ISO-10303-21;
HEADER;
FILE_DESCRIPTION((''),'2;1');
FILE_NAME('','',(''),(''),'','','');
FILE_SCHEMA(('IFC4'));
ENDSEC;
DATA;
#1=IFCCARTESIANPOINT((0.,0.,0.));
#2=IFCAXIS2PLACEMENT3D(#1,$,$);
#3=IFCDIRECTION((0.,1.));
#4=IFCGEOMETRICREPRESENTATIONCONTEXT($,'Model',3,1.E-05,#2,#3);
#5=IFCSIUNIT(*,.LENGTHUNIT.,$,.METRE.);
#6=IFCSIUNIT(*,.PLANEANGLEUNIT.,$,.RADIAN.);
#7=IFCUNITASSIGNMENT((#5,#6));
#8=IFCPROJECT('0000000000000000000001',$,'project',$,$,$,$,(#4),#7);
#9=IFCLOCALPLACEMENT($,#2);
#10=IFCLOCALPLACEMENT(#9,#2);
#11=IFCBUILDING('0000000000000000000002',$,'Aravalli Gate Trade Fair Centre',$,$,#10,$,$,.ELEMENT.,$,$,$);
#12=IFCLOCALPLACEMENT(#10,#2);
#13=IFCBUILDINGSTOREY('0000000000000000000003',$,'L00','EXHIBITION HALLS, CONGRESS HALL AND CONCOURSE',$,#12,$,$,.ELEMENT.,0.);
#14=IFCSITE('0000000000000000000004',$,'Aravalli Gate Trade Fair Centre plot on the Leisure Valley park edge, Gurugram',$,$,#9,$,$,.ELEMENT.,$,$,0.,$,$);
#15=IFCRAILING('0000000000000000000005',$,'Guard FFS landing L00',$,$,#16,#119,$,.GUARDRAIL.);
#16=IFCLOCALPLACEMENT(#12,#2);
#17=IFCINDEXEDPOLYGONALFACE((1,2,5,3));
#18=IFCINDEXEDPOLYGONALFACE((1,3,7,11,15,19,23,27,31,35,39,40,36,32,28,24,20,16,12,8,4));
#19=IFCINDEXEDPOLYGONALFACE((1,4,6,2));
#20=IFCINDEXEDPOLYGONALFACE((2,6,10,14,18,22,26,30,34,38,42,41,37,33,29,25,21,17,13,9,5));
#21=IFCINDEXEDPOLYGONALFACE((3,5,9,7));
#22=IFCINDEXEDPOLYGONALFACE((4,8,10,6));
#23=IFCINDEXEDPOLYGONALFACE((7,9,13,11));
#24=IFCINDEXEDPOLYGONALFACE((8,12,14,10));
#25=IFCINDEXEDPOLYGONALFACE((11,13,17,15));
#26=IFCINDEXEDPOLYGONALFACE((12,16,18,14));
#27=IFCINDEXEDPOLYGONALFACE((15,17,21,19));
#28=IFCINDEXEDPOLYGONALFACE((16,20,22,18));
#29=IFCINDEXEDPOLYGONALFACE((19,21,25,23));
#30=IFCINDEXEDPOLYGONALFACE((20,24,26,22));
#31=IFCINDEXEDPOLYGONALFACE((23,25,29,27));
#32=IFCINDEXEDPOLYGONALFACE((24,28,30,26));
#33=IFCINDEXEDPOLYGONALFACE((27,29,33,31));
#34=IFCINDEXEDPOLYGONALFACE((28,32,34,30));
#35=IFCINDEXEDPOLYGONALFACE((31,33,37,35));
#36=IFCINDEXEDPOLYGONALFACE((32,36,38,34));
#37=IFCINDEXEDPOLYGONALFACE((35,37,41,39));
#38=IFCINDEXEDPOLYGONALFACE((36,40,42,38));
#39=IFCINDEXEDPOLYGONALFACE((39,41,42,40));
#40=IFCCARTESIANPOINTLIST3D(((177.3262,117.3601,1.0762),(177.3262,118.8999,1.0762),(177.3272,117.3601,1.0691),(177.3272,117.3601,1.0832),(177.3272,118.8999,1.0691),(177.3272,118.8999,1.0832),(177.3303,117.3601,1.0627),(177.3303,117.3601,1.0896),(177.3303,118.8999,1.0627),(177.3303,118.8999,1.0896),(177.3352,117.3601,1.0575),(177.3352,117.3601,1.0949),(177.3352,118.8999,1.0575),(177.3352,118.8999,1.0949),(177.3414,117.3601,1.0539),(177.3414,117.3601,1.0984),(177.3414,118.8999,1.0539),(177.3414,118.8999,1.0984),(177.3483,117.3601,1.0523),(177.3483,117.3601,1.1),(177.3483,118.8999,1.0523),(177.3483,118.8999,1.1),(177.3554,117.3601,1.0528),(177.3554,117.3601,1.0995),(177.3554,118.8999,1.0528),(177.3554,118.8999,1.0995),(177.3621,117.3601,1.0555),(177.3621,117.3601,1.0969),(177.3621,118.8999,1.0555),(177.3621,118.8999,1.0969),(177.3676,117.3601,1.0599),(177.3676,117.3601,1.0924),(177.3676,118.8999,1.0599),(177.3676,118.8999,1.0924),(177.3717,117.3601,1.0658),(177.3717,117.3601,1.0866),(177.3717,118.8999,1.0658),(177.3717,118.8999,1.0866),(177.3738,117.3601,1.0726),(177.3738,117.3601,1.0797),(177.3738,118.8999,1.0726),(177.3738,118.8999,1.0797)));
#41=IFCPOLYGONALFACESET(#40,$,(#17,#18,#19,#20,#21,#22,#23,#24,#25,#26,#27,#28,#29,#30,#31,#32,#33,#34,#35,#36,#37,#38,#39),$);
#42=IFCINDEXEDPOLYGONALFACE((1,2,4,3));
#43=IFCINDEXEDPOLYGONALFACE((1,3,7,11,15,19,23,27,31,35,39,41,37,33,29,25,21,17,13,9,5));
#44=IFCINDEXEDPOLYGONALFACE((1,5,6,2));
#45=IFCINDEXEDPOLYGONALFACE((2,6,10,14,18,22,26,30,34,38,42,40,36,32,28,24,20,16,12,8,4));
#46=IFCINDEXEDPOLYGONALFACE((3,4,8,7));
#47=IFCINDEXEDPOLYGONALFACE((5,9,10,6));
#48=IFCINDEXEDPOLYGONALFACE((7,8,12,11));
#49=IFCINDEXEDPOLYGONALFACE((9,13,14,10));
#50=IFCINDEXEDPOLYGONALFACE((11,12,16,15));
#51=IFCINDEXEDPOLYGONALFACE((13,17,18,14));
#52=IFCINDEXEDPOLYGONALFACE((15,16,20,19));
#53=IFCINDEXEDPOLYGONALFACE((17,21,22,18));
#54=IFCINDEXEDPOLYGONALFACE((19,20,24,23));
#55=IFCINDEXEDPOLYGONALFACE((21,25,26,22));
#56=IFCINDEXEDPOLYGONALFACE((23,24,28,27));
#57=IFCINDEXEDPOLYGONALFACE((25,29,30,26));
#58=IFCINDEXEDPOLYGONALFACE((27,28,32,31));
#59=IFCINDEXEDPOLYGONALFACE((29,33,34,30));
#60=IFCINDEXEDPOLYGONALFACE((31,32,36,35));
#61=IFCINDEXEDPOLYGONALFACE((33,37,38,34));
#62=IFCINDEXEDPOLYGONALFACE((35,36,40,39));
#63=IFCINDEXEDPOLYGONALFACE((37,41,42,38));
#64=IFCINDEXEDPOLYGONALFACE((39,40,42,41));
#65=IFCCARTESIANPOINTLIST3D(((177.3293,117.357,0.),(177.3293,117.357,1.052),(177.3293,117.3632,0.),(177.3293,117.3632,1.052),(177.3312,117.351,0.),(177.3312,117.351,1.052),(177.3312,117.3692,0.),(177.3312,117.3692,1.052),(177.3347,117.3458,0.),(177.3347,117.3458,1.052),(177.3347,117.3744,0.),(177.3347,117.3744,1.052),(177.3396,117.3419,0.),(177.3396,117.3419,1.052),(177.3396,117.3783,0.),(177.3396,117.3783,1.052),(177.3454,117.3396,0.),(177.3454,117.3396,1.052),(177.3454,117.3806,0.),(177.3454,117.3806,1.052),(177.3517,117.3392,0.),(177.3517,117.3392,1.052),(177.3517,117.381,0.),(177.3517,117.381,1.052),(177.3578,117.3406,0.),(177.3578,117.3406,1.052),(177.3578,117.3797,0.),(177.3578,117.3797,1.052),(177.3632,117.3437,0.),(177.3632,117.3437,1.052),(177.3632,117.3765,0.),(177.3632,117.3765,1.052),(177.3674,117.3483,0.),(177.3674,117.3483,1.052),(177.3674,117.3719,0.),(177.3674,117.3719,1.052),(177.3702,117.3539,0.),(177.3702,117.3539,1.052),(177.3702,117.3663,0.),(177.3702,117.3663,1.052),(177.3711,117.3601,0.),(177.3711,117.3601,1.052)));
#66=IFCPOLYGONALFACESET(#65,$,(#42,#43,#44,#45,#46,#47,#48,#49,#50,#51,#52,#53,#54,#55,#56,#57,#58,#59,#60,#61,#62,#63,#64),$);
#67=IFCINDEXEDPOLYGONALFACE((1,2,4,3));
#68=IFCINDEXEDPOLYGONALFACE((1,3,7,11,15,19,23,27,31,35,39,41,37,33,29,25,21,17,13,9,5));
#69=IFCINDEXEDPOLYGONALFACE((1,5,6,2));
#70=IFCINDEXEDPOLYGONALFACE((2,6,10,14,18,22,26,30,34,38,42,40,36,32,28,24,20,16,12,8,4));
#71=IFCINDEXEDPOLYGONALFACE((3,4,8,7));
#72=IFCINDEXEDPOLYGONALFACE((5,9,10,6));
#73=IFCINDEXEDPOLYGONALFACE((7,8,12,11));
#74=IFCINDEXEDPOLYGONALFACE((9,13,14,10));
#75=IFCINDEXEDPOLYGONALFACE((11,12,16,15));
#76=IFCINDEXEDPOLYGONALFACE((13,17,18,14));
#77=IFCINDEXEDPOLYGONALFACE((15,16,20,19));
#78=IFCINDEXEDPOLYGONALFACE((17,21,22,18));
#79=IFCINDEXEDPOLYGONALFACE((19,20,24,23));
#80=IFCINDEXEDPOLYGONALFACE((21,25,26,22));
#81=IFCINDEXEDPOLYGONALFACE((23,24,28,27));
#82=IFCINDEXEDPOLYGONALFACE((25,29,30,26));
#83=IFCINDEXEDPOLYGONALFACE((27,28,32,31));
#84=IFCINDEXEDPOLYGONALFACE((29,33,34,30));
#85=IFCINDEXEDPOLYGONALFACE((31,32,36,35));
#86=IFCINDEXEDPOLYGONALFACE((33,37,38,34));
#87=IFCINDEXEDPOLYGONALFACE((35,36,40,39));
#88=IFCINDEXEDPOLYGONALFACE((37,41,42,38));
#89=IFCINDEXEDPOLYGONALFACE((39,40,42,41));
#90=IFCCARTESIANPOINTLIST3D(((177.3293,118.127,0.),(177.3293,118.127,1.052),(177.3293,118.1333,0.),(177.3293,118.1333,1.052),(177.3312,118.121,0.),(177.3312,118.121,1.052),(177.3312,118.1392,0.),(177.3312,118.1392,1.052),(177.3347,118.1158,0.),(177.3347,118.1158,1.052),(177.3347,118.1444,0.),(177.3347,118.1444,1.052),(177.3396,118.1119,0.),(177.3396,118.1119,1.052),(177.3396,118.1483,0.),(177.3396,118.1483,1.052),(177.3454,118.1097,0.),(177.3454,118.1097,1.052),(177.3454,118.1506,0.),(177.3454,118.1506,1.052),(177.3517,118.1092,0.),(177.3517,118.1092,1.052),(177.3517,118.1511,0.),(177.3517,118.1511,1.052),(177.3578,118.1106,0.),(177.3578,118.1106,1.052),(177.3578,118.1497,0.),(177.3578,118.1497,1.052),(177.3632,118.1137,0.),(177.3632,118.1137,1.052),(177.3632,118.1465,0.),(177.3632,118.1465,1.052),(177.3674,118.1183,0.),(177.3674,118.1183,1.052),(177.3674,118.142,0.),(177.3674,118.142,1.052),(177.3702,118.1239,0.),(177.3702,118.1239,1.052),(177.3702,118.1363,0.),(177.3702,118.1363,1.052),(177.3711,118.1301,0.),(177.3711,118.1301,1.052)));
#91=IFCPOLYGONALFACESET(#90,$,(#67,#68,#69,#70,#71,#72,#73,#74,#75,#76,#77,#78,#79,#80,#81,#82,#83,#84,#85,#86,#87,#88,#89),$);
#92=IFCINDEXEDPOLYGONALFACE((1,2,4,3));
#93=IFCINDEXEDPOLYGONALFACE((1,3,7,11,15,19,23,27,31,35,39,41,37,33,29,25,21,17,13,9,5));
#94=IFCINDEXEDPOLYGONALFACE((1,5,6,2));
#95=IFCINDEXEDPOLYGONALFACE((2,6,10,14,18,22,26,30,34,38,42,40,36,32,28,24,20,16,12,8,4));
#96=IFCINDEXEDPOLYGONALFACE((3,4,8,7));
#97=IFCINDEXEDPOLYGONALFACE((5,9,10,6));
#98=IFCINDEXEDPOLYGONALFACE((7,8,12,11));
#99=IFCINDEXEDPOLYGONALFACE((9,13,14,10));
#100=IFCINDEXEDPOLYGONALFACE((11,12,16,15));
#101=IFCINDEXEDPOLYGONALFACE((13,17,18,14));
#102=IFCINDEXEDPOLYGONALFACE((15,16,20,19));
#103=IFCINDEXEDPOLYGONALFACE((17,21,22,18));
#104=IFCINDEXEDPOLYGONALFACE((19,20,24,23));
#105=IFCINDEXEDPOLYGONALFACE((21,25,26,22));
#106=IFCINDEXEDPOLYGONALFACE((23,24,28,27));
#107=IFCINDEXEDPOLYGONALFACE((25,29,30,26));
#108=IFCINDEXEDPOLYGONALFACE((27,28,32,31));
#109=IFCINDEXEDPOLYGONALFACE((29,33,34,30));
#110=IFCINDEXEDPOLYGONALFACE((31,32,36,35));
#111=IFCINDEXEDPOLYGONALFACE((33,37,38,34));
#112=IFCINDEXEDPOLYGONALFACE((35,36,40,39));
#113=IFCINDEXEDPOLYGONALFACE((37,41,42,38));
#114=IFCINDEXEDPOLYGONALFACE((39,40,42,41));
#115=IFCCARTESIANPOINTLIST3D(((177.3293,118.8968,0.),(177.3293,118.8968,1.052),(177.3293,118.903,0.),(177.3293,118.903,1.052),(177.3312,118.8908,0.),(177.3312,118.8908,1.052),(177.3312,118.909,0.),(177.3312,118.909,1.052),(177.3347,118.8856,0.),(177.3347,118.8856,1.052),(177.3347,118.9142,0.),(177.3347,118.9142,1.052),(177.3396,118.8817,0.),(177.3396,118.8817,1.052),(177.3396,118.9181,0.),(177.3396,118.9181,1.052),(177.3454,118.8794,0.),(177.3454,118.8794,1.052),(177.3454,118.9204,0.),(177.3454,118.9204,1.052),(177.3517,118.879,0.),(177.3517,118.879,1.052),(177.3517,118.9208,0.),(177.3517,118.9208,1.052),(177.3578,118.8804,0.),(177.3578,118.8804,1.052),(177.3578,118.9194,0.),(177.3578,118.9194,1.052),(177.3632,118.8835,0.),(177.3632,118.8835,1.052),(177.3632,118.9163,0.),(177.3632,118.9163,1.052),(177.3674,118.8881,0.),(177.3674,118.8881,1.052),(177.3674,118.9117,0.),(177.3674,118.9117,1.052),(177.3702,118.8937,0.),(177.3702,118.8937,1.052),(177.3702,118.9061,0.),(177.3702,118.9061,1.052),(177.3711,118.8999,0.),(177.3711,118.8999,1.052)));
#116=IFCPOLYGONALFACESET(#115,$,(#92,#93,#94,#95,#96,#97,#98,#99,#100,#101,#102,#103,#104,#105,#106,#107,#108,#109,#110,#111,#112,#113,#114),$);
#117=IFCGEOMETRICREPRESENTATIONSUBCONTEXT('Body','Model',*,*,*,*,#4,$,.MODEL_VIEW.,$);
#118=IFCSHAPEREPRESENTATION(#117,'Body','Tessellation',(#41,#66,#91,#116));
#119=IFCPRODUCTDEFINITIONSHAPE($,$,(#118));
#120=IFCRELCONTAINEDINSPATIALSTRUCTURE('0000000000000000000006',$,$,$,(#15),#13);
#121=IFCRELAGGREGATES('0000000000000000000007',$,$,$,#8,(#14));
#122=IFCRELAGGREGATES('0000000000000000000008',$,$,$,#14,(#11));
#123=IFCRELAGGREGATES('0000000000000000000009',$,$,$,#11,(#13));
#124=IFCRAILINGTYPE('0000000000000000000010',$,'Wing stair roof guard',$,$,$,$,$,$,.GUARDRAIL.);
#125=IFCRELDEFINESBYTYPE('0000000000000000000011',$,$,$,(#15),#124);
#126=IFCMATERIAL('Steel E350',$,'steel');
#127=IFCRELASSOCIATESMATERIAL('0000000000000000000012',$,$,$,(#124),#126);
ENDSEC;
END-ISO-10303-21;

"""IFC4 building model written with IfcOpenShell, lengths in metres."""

from ifc_helpers import new_model, si_unit, direction, frame, origin, origin_2d, place, context, subcontext, project, spatial, circle, extrude, material, type_object, element, save


model = new_model("IFC4")

# Units and contexts
model_context = context("Model", 3, precision=1e-05, world=origin(), true_north=direction((0.0, 1.0)))
body_context = subcontext(model_context, "Body", "Model", "MODEL_VIEW")
ifc_project = project(units=[si_unit("LENGTHUNIT", "METRE"), si_unit("PLANEANGLEUNIT", "RADIAN")], contexts=[model_context])

# Site, building, storey
site_placement = place(None, origin())
site = spatial("IfcSite", under=ifc_project, at=site_placement, Name="Aravalli Gate Trade Fair Centre plot on the Leisure Valley park edge, Gurugram", CompositionType="ELEMENT", RefElevation=0.0)
building_placement = place(site_placement, origin())
building = spatial("IfcBuilding", under=site, at=building_placement, Name="Aravalli Gate Trade Fair Centre", CompositionType="ELEMENT")
storey_placement = place(building_placement, origin())
storey = spatial("IfcBuildingStorey", under=building, at=storey_placement, Name="L00", Description="EXHIBITION HALLS, CONGRESS HALL AND CONCOURSE", CompositionType="ELEMENT", Elevation=0.0)

# Railing
ifc_material_1 = material(Name="Steel E350", Category="steel")
railing_type_1 = type_object("IfcRailingType", Name="Wing stair roof guard", PredefinedType="GUARDRAIL", material=ifc_material_1)
railing_1_placement = place(storey_placement, frame((177.3501, 117.3601, 0.0)))
element("IfcRailing", 1, at=railing_1_placement, inside=storey, type_object=railing_type_1, Name="Guard FFS landing L00", PredefinedType="GUARDRAIL", context=body_context, shape_type="SweptSolid", body=[
    extrude(circle(Radius=0.0239, at=origin_2d()), frame((0.0, 0.0, 1.0762), z_axis=(0.0, 1.0, 0.0), x_axis=(-1.0, 0.0, 0.0)), (0.0, 0.0, 1.0), 1.5398),
    extrude(circle(Radius=0.021, at=origin_2d()), origin(), (0.0, 0.0, 1.0), 1.052),
    extrude(circle(Radius=0.021, at=origin_2d()), frame((0.0, 0.77, 0.0)), (0.0, 0.0, 1.0), 1.052),
    extrude(circle(Radius=0.021, at=origin_2d()), frame((0.0, 1.5398, 0.0)), (0.0, 0.0, 1.0), 1.052),
])

save(model, "model.ifc")
